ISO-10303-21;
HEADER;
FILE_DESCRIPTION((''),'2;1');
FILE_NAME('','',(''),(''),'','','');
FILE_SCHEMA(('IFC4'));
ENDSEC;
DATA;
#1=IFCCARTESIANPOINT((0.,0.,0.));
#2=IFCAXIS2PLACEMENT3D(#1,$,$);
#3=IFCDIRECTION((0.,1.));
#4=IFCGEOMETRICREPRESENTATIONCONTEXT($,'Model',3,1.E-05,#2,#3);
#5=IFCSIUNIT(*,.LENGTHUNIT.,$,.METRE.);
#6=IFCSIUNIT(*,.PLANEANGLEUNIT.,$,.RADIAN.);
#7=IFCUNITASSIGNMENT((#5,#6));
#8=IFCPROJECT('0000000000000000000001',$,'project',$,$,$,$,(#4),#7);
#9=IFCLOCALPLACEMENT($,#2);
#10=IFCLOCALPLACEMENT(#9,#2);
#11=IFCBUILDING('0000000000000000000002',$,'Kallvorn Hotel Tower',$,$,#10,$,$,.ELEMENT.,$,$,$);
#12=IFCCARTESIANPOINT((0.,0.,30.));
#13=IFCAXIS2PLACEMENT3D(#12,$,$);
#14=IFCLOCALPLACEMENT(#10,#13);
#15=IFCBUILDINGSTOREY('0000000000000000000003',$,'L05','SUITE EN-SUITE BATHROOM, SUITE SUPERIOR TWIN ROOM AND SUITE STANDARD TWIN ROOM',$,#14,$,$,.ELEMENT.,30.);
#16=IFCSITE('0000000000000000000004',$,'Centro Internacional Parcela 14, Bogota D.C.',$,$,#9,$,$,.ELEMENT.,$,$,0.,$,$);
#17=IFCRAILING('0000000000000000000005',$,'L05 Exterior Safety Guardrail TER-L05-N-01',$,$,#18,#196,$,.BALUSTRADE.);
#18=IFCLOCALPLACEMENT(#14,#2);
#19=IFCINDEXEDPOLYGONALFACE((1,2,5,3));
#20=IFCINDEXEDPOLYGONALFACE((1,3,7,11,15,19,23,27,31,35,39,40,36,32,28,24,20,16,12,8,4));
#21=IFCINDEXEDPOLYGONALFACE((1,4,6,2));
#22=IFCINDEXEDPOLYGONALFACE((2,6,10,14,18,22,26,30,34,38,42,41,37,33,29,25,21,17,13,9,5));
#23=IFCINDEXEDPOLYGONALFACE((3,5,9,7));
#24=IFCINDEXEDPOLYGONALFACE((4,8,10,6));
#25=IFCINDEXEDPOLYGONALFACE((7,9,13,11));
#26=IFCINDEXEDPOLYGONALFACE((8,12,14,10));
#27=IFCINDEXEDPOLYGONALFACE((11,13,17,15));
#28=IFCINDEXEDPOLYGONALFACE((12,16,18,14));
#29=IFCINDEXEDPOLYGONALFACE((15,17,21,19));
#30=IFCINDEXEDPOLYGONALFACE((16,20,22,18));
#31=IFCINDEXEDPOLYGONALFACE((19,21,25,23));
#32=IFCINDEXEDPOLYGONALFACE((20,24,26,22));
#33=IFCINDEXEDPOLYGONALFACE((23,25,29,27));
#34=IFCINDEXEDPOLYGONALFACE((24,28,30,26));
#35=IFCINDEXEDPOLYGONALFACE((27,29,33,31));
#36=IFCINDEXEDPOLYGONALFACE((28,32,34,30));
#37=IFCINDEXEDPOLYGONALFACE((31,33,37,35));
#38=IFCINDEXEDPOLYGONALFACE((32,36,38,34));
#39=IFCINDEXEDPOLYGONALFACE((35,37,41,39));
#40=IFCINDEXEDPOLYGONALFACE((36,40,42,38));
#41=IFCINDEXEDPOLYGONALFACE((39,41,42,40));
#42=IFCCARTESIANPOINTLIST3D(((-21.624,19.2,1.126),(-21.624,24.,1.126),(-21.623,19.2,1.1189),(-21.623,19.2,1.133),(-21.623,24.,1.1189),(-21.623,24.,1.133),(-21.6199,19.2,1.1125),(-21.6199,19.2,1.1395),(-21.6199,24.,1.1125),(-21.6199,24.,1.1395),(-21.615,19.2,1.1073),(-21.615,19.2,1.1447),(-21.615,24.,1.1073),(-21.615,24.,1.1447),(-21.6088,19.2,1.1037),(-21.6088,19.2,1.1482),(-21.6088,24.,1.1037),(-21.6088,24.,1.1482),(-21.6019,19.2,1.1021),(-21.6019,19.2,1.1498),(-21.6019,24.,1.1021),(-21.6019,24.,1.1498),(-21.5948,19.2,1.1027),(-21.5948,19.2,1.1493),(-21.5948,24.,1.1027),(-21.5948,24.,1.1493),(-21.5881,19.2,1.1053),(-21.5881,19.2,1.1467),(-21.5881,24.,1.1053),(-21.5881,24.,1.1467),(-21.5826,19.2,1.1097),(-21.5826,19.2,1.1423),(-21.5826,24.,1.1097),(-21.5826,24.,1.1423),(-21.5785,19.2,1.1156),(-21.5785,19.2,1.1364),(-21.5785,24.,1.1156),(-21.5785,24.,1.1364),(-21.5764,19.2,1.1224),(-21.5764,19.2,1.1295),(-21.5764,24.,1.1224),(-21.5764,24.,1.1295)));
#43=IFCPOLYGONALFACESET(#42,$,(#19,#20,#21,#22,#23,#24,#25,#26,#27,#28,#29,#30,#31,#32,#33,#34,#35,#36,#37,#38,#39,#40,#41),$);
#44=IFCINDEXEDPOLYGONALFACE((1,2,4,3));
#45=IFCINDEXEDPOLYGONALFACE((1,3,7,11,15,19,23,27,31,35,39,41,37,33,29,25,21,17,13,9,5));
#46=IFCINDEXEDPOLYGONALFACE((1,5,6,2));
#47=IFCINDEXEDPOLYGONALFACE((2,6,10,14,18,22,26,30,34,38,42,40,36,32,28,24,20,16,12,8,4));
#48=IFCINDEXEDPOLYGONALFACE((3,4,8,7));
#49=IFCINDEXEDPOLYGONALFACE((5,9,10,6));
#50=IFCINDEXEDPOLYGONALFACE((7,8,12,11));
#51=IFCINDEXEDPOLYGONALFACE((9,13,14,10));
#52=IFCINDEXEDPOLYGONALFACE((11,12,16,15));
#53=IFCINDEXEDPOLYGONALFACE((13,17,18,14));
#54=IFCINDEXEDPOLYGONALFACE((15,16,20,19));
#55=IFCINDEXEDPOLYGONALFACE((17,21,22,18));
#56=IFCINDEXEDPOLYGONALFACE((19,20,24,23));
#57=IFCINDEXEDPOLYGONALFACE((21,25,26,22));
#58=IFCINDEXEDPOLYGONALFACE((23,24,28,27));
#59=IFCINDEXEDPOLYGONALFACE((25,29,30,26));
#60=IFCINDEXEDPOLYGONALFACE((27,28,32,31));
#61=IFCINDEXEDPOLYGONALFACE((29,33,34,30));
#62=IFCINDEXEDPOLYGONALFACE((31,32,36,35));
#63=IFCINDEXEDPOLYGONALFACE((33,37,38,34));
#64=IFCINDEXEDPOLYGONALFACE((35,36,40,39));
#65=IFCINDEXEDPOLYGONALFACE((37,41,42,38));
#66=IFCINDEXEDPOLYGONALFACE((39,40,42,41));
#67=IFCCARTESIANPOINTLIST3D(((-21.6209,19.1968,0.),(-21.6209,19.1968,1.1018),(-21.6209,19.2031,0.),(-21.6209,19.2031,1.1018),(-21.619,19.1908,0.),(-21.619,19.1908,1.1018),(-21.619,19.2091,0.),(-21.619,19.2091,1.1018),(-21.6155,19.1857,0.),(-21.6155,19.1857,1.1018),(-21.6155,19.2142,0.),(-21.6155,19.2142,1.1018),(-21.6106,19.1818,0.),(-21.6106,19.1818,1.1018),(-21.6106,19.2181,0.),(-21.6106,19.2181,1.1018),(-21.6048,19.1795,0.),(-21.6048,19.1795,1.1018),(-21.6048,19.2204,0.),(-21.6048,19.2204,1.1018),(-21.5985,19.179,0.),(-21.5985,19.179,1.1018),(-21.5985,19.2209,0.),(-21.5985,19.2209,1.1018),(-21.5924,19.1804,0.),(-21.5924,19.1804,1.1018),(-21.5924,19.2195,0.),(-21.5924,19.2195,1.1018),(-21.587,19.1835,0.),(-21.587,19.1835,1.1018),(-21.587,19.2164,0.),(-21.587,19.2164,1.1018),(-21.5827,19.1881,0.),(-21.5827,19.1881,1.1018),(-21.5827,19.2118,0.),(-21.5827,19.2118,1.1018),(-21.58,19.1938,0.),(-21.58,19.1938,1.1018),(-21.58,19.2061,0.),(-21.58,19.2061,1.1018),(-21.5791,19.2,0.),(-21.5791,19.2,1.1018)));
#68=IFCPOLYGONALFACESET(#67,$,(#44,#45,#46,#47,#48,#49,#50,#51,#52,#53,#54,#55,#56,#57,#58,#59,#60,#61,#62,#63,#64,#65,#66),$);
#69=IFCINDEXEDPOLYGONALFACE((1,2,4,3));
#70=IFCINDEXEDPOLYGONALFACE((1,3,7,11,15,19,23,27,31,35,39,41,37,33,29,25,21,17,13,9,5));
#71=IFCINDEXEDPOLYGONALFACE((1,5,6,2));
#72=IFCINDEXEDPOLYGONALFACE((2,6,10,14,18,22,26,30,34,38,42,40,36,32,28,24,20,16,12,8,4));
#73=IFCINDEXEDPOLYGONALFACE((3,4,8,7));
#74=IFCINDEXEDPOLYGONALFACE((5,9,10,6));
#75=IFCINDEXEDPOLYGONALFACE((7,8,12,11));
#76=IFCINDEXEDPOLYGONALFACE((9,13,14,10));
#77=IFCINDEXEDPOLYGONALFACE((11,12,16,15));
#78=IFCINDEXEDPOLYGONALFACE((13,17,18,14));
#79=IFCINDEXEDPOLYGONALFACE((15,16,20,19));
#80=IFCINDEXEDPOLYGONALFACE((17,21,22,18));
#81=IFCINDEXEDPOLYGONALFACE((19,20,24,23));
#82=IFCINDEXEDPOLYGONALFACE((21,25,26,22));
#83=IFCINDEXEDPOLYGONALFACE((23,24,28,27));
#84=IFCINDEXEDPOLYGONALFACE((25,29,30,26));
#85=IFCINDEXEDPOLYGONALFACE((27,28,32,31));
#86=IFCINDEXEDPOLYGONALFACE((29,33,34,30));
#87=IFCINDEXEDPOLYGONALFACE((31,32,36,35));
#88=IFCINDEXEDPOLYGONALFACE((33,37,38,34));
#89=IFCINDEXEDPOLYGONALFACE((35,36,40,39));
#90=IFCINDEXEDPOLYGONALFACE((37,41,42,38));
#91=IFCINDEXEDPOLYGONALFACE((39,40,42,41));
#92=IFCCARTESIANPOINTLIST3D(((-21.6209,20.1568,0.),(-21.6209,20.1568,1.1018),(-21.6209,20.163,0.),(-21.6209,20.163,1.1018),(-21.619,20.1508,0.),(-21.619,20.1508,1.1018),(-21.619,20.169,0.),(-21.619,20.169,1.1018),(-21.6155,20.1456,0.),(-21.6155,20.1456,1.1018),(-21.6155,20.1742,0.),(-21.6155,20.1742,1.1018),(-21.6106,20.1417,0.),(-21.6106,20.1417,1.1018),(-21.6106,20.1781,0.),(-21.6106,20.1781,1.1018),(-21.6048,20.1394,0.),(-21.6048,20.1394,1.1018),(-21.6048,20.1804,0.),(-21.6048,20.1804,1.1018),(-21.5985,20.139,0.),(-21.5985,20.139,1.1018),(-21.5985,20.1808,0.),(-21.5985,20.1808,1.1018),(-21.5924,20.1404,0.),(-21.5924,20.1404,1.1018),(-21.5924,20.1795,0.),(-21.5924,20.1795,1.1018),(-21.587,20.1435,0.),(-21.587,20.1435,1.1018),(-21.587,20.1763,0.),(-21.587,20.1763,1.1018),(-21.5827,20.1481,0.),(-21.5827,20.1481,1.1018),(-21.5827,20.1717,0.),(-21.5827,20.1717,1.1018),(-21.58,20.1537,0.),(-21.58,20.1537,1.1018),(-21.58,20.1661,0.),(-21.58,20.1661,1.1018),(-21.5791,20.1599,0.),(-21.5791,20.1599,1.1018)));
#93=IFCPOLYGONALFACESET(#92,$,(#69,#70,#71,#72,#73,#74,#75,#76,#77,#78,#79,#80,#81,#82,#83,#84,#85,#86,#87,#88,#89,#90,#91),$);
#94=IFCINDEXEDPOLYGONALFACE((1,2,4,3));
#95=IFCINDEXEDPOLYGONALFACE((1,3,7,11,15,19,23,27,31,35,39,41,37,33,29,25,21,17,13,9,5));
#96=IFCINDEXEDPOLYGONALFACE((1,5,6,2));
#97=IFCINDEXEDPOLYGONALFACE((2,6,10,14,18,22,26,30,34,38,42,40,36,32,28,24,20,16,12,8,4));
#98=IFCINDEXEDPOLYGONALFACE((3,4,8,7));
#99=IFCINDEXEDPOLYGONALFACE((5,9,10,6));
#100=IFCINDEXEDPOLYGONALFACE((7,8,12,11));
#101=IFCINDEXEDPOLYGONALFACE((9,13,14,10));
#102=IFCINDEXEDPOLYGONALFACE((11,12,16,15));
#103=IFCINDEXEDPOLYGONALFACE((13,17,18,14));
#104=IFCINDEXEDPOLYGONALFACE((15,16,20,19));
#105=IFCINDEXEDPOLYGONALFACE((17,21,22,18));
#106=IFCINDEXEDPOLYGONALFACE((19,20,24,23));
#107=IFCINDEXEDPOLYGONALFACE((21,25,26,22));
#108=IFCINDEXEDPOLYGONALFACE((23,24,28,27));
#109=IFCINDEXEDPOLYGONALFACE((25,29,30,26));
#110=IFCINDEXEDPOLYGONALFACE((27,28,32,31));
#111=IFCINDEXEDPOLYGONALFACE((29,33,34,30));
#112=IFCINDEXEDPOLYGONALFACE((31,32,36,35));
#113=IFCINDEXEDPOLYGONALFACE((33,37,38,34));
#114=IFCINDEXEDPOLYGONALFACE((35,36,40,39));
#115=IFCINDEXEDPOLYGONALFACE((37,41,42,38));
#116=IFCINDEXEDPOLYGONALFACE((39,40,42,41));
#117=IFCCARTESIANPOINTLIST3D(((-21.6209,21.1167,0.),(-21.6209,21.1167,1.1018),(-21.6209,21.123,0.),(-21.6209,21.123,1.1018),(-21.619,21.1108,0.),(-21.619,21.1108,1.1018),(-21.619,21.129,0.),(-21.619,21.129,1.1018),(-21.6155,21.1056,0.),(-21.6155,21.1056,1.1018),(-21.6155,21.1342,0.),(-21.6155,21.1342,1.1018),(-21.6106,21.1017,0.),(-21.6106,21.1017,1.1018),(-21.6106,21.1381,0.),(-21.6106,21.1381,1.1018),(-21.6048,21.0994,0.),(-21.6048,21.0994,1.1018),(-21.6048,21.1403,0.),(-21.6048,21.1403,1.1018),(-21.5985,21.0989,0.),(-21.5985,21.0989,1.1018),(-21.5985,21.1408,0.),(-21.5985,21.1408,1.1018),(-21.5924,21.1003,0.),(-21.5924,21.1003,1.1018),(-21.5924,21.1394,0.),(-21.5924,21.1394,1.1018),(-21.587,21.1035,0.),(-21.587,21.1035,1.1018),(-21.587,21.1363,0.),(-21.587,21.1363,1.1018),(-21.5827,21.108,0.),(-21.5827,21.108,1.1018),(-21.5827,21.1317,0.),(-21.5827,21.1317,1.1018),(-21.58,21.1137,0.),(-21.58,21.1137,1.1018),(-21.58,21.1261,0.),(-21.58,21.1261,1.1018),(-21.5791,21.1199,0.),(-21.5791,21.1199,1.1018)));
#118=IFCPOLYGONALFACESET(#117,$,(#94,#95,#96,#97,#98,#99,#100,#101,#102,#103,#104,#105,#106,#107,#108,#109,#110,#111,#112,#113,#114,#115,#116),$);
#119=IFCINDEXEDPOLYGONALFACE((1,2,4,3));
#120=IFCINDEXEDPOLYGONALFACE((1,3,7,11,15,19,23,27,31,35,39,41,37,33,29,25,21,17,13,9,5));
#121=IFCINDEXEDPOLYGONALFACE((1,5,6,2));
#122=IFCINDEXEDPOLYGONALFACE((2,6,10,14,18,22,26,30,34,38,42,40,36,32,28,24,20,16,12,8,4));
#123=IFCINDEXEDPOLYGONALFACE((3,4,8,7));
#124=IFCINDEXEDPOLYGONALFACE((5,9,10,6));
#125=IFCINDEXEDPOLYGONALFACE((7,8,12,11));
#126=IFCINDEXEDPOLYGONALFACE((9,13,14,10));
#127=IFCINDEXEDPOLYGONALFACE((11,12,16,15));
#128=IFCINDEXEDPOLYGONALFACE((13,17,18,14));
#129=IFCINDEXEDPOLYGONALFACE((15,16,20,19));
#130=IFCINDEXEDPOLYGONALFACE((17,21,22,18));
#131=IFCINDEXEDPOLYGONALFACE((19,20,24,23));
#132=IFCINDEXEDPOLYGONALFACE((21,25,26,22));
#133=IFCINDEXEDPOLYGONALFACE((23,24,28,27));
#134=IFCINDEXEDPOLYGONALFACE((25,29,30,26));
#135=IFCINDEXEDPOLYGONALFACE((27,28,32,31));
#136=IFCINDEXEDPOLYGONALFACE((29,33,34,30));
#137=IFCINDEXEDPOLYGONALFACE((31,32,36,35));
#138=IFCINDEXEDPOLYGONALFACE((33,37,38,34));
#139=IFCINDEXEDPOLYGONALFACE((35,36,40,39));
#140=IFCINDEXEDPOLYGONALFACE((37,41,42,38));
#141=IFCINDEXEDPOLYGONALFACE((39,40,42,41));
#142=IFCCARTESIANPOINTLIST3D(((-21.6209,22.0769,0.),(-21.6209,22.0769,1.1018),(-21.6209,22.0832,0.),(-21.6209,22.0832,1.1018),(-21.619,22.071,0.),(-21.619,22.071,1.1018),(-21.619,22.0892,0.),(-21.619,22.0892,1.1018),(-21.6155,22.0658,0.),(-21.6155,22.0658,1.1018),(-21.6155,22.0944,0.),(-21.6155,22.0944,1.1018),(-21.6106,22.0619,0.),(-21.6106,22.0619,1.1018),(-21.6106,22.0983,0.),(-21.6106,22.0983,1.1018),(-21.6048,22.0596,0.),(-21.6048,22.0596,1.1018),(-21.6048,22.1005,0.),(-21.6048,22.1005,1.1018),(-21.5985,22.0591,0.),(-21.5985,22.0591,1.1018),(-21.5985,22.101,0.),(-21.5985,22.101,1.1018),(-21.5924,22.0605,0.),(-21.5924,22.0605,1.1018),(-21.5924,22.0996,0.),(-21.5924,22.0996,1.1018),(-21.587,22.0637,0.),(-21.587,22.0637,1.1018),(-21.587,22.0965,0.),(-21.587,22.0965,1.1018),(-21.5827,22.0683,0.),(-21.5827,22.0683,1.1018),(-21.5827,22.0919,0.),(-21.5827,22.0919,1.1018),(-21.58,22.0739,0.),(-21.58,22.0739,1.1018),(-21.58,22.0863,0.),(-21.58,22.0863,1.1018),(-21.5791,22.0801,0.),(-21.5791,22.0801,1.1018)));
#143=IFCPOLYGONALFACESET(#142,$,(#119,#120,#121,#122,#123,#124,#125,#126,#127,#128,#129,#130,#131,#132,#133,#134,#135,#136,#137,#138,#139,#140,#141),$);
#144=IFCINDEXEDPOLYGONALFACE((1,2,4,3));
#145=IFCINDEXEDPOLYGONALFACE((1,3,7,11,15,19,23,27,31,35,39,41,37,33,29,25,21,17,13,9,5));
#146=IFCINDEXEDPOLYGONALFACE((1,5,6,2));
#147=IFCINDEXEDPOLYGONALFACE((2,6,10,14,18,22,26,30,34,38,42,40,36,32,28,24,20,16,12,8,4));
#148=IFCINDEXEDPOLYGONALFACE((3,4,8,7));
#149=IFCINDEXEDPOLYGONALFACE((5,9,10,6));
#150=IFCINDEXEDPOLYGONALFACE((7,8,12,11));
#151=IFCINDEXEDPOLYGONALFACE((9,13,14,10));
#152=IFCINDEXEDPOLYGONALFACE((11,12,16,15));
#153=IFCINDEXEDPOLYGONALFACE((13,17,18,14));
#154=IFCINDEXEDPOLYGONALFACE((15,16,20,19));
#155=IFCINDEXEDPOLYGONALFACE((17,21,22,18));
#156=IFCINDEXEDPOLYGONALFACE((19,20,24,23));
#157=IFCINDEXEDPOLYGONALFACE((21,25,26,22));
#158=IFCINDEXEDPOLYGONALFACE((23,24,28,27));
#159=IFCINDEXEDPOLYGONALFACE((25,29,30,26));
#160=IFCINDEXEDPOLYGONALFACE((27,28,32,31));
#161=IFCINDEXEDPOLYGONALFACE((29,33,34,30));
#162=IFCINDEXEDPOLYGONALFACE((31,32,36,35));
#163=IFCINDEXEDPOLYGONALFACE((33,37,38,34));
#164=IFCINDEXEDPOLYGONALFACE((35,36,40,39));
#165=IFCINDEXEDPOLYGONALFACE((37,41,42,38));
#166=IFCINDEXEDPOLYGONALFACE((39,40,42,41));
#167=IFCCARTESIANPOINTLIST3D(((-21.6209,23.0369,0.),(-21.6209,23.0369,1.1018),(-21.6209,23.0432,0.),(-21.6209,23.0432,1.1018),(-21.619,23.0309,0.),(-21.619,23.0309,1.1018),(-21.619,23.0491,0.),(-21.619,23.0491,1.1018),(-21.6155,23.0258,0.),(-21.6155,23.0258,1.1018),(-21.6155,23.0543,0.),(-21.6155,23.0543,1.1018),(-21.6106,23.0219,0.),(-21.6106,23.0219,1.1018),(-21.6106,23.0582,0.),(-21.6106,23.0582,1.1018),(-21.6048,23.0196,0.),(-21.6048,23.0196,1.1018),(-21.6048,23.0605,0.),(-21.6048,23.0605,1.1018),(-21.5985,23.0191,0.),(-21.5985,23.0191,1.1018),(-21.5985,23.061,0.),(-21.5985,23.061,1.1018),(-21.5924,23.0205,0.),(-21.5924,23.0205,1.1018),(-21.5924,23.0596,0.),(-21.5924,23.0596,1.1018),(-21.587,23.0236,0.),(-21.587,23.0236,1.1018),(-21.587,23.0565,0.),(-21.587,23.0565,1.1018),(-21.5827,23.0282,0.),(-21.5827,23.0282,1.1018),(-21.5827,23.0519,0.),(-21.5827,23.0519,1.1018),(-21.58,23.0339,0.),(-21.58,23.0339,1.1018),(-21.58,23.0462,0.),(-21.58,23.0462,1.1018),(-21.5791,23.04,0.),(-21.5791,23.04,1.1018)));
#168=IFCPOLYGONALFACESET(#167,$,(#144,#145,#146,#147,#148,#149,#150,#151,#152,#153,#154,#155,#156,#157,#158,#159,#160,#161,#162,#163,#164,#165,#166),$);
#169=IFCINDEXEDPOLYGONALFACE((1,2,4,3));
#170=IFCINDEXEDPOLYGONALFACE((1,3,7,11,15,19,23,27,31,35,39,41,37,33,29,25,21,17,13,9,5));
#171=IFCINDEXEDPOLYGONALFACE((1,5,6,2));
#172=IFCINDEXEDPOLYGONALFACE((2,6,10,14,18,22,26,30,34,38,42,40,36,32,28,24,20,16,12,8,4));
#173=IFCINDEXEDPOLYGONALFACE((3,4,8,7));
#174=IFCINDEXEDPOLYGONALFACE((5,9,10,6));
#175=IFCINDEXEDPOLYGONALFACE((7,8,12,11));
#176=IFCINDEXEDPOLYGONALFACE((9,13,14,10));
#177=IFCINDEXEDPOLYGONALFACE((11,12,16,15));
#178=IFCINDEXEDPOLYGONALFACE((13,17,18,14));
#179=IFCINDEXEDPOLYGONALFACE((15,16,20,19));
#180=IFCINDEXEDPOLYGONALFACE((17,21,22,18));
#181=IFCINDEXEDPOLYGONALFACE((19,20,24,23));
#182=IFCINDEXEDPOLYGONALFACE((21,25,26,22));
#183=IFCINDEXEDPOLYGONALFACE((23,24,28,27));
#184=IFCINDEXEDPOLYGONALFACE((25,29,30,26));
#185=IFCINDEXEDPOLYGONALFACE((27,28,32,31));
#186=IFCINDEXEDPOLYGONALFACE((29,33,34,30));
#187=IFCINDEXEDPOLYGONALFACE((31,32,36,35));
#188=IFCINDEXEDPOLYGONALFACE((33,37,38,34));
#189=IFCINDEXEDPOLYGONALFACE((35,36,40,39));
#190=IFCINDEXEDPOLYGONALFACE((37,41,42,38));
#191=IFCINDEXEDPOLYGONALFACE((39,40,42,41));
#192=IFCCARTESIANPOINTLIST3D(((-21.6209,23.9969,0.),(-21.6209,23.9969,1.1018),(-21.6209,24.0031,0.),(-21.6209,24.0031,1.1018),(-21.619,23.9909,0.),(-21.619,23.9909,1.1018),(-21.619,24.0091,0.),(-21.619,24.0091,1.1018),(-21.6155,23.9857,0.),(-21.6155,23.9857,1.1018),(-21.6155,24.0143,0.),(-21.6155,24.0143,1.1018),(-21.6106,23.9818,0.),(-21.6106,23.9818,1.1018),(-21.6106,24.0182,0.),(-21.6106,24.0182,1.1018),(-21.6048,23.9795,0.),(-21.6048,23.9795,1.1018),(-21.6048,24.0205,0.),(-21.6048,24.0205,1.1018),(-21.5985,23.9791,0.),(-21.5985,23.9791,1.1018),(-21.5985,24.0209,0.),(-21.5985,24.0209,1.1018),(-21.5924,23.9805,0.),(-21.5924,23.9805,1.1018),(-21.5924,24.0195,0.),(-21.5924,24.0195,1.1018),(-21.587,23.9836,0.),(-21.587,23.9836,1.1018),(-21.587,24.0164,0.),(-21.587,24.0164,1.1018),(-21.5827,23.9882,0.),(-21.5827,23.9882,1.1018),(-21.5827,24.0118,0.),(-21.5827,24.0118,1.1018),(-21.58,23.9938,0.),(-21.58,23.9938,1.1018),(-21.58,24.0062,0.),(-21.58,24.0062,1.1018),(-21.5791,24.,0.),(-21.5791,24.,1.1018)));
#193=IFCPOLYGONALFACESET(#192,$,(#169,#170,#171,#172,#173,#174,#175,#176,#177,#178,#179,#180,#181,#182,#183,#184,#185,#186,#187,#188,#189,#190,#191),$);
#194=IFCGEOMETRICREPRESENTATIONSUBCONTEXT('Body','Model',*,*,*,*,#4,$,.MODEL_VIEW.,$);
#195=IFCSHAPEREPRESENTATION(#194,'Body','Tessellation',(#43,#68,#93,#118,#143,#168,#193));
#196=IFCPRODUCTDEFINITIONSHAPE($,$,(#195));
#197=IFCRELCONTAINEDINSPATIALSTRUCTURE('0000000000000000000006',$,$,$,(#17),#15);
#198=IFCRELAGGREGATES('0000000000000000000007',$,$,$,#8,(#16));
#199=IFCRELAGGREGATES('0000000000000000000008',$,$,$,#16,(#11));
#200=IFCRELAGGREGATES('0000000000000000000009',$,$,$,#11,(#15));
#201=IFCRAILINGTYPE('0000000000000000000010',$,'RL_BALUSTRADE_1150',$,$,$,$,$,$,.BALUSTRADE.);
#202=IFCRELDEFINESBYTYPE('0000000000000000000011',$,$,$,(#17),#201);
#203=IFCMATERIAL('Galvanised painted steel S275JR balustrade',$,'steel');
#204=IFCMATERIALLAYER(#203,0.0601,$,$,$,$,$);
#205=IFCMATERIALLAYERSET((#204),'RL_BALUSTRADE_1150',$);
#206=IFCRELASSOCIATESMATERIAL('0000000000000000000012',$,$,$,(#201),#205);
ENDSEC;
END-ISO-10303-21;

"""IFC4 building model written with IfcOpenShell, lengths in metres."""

from ifc_helpers import new_model, si_unit, direction, frame, origin, origin_2d, place, context, subcontext, project, spatial, circle, extrude, material, layer, layer_set, type_object, element, save


model = new_model("IFC4")

# Units and contexts
model_context = context("Model", 3, precision=1e-05, world=origin(), true_north=direction((0.0, 1.0)))
body_context = subcontext(model_context, "Body", "Model", "MODEL_VIEW")
ifc_project = project(units=[si_unit("LENGTHUNIT", "METRE"), si_unit("PLANEANGLEUNIT", "RADIAN")], contexts=[model_context])

# Site, building, storey
site_placement = place(None, origin())
site = spatial("IfcSite", under=ifc_project, at=site_placement, Name="Centro Internacional Parcela 14, Bogota D.C.", CompositionType="ELEMENT", RefElevation=0.0)
building_placement = place(site_placement, origin())
building = spatial("IfcBuilding", under=site, at=building_placement, Name="Kallvorn Hotel Tower", CompositionType="ELEMENT")
storey_placement = place(building_placement, frame((0.0, 0.0, 30.0)))
storey = spatial("IfcBuildingStorey", under=building, at=storey_placement, Name="L05", Description="SUITE EN-SUITE BATHROOM, SUITE SUPERIOR TWIN ROOM AND SUITE STANDARD TWIN ROOM", CompositionType="ELEMENT", Elevation=30.0)

# Railing
ifc_material_1 = material(Name="Galvanised painted steel S275JR balustrade", Category="steel")
ifc_layer_1 = layer(ifc_material_1, 0.0601)
ifc_layer_set_1 = layer_set([ifc_layer_1], Name="RL_BALUSTRADE_1150")
railing_type = type_object("IfcRailingType", Name="RL_BALUSTRADE_1150", PredefinedType="BALUSTRADE", material=ifc_layer_set_1)
railing_1_placement = place(storey_placement, frame((-21.6001, 19.2, 0.0)))
element("IfcRailing", 1, at=railing_1_placement, inside=storey, type_object=railing_type, Name="L05 Exterior Safety Guardrail TER-L05-N-01", PredefinedType="BALUSTRADE", context=body_context, shape_type="SweptSolid", body=[
    extrude(circle(Radius=0.0239, at=origin_2d()), frame((0.0, 0.0, 1.126), z_axis=(0.0, 1.0, 0.0), x_axis=(-1.0, 0.0, 0.0)), (0.0, 0.0, 1.0), 4.8),
    extrude(circle(Radius=0.021, at=origin_2d()), origin(), (0.0, 0.0, 1.0), 1.1018),
    extrude(circle(Radius=0.021, at=origin_2d()), frame((0.0, 0.96, 0.0)), (0.0, 0.0, 1.0), 1.1018),
    extrude(circle(Radius=0.021, at=origin_2d()), frame((0.0, 1.9199, 0.0)), (0.0, 0.0, 1.0), 1.1018),
    extrude(circle(Radius=0.021, at=origin_2d()), frame((0.0, 2.8801, 0.0)), (0.0, 0.0, 1.0), 1.1018),
    extrude(circle(Radius=0.021, at=origin_2d()), frame((0.0, 3.8401, 0.0)), (0.0, 0.0, 1.0), 1.1018),
    extrude(circle(Radius=0.021, at=origin_2d()), frame((0.0, 4.8, 0.0)), (0.0, 0.0, 1.0), 1.1018),
])

save(model, "model.ifc")
